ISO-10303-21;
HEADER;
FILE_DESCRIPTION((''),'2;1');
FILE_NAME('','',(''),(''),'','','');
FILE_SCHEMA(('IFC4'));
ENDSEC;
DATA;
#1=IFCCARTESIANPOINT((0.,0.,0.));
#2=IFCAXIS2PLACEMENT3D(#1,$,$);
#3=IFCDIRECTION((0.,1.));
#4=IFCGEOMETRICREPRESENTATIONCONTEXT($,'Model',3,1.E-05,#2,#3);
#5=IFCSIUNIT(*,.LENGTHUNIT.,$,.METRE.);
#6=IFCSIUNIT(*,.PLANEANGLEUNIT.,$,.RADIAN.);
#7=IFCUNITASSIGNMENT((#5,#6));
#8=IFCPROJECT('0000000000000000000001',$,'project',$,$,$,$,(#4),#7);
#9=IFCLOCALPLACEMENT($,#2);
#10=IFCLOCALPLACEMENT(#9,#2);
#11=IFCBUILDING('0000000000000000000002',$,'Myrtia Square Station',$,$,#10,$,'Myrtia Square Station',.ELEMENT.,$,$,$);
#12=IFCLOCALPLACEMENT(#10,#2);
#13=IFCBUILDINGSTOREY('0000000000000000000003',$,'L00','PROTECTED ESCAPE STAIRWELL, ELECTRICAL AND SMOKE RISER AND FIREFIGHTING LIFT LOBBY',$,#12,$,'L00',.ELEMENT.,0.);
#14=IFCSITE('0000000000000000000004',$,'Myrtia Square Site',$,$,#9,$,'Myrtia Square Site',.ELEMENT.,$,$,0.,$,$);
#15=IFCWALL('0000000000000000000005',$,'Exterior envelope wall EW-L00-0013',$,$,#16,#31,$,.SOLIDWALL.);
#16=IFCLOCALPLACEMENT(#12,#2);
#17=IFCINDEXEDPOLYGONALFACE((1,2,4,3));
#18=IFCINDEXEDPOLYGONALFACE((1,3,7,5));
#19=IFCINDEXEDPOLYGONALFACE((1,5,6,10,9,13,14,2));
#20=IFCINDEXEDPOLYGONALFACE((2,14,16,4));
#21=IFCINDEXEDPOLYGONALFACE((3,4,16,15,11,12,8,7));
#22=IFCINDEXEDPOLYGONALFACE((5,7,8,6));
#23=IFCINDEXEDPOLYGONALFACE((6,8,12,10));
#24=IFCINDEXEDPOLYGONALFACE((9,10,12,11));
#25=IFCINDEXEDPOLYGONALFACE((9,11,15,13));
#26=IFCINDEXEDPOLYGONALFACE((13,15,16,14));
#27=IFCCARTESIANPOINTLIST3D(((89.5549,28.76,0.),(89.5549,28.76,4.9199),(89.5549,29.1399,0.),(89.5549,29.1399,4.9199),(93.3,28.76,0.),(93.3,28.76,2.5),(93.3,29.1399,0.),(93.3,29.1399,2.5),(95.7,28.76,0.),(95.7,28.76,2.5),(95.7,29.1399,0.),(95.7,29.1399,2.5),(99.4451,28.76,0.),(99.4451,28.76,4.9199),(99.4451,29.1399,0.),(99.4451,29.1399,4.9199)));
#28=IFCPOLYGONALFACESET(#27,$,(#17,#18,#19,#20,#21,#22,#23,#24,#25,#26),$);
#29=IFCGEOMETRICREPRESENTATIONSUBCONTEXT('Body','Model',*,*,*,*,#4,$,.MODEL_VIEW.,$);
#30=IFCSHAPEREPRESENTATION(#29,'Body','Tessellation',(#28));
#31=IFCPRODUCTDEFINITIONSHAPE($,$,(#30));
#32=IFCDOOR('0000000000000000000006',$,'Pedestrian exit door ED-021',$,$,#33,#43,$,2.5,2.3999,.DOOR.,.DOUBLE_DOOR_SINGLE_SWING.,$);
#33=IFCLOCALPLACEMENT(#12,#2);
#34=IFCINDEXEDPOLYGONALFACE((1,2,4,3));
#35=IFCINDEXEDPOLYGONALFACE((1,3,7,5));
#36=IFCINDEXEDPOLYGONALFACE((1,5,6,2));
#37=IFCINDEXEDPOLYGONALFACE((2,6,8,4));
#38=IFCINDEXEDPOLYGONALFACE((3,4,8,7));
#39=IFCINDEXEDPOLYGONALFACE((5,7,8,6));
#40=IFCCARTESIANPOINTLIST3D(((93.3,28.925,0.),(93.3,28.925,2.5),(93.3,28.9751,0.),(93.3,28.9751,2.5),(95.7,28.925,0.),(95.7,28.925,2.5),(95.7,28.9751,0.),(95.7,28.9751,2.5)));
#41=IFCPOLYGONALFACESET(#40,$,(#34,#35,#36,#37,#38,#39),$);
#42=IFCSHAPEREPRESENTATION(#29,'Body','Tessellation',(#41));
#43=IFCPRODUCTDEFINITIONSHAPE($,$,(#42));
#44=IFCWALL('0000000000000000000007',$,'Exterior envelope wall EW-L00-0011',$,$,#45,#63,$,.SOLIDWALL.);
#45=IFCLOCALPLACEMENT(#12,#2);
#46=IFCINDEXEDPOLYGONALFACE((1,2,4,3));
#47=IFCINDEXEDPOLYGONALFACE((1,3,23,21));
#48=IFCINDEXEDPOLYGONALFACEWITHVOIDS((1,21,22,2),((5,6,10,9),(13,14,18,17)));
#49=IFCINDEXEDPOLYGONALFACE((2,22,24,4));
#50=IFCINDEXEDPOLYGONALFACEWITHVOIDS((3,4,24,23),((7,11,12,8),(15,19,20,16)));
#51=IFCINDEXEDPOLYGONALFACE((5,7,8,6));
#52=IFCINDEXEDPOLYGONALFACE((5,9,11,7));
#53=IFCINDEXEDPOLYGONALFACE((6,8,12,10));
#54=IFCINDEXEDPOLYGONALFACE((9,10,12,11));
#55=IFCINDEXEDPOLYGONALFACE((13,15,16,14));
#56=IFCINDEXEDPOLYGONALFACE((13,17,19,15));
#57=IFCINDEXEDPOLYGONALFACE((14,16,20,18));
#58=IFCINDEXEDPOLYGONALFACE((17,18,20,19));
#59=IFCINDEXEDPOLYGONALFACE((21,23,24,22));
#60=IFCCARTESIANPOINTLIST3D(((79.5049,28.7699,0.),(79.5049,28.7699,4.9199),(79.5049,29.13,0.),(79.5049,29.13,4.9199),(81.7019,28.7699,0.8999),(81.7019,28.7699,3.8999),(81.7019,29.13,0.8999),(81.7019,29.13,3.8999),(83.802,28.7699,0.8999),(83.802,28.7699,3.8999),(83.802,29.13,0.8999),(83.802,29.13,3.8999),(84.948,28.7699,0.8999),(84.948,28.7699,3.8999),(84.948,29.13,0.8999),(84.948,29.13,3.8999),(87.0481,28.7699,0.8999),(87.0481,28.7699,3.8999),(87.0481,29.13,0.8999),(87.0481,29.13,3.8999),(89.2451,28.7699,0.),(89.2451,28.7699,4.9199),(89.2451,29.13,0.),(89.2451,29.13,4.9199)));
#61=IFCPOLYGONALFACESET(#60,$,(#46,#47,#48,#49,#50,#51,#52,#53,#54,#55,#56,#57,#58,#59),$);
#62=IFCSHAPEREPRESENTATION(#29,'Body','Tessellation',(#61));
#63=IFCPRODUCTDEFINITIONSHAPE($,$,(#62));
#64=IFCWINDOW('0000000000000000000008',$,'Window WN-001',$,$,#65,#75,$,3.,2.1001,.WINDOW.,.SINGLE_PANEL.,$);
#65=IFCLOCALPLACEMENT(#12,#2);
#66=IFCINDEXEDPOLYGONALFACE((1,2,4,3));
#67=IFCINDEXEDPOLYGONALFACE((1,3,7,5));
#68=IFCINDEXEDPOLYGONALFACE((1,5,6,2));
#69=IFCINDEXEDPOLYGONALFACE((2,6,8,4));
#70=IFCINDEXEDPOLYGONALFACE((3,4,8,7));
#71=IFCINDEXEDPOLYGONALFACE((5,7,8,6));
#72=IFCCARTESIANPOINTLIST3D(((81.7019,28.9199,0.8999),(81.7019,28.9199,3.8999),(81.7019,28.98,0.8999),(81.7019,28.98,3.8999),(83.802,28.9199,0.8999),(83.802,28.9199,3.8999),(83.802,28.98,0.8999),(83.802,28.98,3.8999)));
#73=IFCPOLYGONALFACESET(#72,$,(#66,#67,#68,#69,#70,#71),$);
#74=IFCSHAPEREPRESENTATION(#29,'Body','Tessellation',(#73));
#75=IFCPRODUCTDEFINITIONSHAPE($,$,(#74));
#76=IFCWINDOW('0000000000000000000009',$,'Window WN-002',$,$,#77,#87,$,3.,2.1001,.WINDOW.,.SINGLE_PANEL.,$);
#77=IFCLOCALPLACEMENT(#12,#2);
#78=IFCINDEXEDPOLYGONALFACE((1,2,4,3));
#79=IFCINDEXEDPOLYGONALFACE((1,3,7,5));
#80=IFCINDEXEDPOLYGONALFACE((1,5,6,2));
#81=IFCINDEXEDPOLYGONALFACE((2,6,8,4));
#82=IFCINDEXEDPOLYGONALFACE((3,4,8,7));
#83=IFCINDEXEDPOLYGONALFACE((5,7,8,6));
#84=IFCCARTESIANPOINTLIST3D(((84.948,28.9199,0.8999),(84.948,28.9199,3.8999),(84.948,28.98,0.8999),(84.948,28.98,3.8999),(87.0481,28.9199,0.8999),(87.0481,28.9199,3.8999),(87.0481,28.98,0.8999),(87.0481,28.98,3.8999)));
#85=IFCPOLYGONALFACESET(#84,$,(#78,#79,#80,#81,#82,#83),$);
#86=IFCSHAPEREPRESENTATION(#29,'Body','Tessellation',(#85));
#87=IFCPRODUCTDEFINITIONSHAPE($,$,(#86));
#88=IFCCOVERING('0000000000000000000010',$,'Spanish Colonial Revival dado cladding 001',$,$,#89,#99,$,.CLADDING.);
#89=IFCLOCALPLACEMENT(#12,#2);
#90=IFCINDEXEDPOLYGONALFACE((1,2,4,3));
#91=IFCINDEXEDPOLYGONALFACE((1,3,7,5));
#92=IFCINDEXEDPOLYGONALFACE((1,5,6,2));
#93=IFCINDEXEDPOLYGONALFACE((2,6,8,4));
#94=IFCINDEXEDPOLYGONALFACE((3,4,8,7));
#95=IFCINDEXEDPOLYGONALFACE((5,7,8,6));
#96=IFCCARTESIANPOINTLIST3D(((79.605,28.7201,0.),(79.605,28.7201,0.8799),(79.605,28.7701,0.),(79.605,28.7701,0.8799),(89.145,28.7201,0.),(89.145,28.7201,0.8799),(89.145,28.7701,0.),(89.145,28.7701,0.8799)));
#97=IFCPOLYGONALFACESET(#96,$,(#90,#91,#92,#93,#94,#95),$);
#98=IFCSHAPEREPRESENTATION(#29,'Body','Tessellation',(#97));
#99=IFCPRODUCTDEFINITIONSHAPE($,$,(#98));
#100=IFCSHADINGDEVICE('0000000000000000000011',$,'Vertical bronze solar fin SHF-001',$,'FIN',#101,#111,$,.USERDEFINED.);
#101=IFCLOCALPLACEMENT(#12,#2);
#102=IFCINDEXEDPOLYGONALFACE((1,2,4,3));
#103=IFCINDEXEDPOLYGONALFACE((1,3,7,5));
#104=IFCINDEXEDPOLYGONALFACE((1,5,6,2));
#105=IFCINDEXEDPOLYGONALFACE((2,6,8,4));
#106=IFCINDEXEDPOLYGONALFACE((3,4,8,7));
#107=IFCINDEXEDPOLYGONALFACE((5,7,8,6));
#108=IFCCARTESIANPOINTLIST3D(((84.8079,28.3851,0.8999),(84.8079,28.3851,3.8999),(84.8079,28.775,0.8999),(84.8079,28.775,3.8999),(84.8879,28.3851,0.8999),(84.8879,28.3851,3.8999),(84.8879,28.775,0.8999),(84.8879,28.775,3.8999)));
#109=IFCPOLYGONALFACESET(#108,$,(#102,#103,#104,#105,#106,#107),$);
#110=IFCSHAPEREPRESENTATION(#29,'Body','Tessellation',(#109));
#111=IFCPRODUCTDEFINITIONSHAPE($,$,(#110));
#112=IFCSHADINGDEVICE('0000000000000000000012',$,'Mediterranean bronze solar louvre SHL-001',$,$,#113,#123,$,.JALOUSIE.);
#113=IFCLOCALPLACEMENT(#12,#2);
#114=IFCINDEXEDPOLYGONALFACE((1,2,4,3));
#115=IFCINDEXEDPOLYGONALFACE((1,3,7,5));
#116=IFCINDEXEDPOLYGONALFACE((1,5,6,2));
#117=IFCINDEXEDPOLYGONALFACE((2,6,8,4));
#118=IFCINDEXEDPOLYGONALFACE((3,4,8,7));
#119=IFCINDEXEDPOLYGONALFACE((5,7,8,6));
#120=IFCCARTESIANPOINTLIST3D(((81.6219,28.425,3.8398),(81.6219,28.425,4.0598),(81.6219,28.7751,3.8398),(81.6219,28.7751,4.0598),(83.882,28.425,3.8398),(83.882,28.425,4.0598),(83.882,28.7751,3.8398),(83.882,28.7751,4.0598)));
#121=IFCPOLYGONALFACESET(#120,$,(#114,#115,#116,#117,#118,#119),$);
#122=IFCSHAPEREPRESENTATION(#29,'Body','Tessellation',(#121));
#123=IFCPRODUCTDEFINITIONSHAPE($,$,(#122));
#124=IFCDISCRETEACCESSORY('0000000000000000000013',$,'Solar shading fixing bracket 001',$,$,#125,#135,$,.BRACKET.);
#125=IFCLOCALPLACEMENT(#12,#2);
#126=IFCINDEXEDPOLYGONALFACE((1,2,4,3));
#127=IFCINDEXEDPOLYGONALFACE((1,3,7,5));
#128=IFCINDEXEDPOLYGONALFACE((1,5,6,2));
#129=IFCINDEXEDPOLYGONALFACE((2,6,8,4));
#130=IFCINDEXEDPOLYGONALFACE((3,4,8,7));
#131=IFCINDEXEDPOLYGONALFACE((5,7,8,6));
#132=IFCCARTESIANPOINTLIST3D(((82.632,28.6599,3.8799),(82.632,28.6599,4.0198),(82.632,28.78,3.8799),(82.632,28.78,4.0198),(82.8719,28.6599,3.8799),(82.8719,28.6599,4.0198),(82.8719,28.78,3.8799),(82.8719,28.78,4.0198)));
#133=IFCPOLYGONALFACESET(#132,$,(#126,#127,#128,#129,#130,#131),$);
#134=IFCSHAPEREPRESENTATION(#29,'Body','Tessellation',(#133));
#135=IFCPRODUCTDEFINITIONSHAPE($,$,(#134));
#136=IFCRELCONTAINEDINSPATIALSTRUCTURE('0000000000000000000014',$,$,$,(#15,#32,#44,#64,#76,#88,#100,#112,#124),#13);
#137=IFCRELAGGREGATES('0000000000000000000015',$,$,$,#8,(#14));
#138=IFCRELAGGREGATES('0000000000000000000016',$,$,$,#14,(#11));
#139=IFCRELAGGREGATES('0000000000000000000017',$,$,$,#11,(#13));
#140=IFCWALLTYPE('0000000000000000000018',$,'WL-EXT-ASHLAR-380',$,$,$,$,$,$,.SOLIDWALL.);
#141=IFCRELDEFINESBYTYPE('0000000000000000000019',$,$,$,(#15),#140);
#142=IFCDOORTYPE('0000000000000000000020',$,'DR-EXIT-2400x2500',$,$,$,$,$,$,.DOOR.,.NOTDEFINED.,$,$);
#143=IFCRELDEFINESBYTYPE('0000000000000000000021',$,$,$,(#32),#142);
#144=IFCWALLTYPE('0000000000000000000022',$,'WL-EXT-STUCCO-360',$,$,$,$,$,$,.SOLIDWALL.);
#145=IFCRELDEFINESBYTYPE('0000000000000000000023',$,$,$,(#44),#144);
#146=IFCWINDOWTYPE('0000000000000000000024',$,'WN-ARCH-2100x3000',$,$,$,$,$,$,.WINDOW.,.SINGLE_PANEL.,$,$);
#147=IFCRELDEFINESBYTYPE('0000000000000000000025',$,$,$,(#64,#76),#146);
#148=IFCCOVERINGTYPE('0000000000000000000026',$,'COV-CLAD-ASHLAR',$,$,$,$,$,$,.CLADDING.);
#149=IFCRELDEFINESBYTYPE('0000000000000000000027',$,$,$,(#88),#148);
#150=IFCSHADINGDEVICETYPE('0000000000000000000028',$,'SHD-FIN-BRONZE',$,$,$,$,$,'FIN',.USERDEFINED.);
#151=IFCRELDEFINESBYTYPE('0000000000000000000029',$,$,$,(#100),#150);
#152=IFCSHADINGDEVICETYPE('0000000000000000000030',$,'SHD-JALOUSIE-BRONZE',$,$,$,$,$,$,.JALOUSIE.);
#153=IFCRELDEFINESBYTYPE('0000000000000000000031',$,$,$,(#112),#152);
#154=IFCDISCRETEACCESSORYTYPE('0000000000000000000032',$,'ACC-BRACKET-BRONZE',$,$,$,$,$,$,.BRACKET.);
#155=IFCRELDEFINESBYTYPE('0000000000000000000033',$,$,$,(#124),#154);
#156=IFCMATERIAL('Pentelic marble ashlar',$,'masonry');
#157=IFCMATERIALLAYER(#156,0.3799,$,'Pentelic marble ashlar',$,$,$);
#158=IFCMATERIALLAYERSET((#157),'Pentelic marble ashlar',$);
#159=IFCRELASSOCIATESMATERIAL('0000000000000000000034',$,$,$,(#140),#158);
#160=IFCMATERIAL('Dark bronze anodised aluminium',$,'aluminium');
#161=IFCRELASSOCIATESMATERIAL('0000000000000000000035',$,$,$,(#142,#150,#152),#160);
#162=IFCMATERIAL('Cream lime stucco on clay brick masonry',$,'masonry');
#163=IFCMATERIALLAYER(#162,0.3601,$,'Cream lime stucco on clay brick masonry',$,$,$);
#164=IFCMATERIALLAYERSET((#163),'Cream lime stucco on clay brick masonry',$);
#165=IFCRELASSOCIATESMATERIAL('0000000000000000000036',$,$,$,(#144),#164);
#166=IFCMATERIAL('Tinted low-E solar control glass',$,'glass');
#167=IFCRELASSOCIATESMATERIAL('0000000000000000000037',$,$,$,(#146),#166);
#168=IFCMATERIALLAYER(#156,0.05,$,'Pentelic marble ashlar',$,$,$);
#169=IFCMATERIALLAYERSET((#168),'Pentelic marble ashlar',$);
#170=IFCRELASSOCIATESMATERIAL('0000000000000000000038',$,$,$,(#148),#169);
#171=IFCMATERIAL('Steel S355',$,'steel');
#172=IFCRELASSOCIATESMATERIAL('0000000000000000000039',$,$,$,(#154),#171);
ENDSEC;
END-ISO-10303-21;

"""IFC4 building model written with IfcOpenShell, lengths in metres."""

from ifc_helpers import new_model, si_unit, direction, frame, frame_2d, origin, origin_2d, place, context, subcontext, project, spatial, rectangle, extrude, material, layer, layer_set, type_object, element, fill, save


model = new_model("IFC4")

# Units and contexts
model_context = context("Model", 3, precision=1e-05, world=origin(), true_north=direction((0.0, 1.0)))
body_context = subcontext(model_context, "Body", "Model", "MODEL_VIEW")
ifc_project = project(units=[si_unit("LENGTHUNIT", "METRE"), si_unit("PLANEANGLEUNIT", "RADIAN")], contexts=[model_context])

# Site, building, storey
site_placement = place(None, origin())
site = spatial("IfcSite", under=ifc_project, at=site_placement, Name="Myrtia Square Site", LongName="Myrtia Square Site", CompositionType="ELEMENT", RefElevation=0.0)
building_placement = place(site_placement, origin())
building = spatial("IfcBuilding", under=site, at=building_placement, Name="Myrtia Square Station", LongName="Myrtia Square Station", CompositionType="ELEMENT")
storey_placement = place(building_placement, origin())
storey = spatial("IfcBuildingStorey", under=building, at=storey_placement, Name="L00", Description="PROTECTED ESCAPE STAIRWELL, ELECTRICAL AND SMOKE RISER AND FIREFIGHTING LIFT LOBBY", LongName="L00", CompositionType="ELEMENT", Elevation=0.0)

# Shared definitions
ifc_material_1 = material(Name="Steel S355", Category="steel")

# Wall, opening, door
ifc_material_2 = material(Name="Pentelic marble ashlar", Category="masonry")
ifc_layer_1 = layer(ifc_material_2, 0.3799, Name="Pentelic marble ashlar")
ifc_layer_set_1 = layer_set([ifc_layer_1], Name="Pentelic marble ashlar")
wall_type_1 = type_object("IfcWallType", Name="WL-EXT-ASHLAR-380", PredefinedType="SOLIDWALL", material=ifc_layer_set_1)
wall_1_placement = place(storey_placement, frame((89.5549, 28.95, 0.0), z_axis=(0.0, 0.0, 1.0), x_axis=(1.0, 0.0, 0.0)))
wall_1 = element("IfcWall", 1, at=wall_1_placement, inside=storey, type_object=wall_type_1, Name="Exterior envelope wall EW-L00-0013", PredefinedType="SOLIDWALL", context=body_context, shape_type="SweptSolid", body=[
    extrude(rectangle(XDim=9.8901, YDim=0.3799, at=frame_2d((4.9451, 0.0))), origin(), (0.0, 0.0, 1.0), 4.9199),
])
opening_1_placement = place(wall_1_placement, frame((3.7451, 0.0, 0.0)))
opening_1 = element("IfcOpeningElement", 2, at=opening_1_placement, cuts=wall_1, PredefinedType="OPENING", context=body_context, shape_type="SweptSolid", body=[
    extrude(rectangle(XDim=2.3999, YDim=2.5, at=frame_2d((1.2, 1.25))), frame((0.0, 0.2048, 0.0), z_axis=(0.0, -1.0, 0.0), x_axis=(1.0, 0.0, 0.0)), (0.0, 0.0, 1.0), 0.4099),
])
ifc_material_3 = material(Name="Dark bronze anodised aluminium", Category="aluminium")
door_type_1 = type_object("IfcDoorType", Name="DR-EXIT-2400x2500", OperationType="NOTDEFINED", PredefinedType="DOOR", material=ifc_material_3)
door_1_placement = place(opening_1_placement, frame((2.3999, 0.0, 0.0), z_axis=(0.0, 0.0, 1.0), x_axis=(-1.0, 0.0, 0.0)))
door_1 = element("IfcDoor", 3, at=door_1_placement, inside=storey, type_object=door_type_1, Name="Pedestrian exit door ED-021", OperationType="DOUBLE_DOOR_SINGLE_SWING", OverallHeight=2.5, OverallWidth=2.3999, PredefinedType="DOOR", context=body_context, shape_type="SweptSolid", body=[
    extrude(rectangle(XDim=2.3999, YDim=2.5, at=frame_2d((1.2, 1.25))), frame((0.0, 0.0249, 0.0), z_axis=(0.0, -1.0, 0.0), x_axis=(1.0, 0.0, 0.0)), (0.0, 0.0, 1.0), 0.05),
])
fill(opening_1, door_1)

# Wall, openings, windows
ifc_material_4 = material(Name="Cream lime stucco on clay brick masonry", Category="masonry")
ifc_layer_2 = layer(ifc_material_4, 0.3601, Name="Cream lime stucco on clay brick masonry")
ifc_layer_set_2 = layer_set([ifc_layer_2], Name="Cream lime stucco on clay brick masonry")
wall_type_2 = type_object("IfcWallType", Name="WL-EXT-STUCCO-360", PredefinedType="SOLIDWALL", material=ifc_layer_set_2)
wall_2_placement = place(storey_placement, frame((79.5049, 28.95, 0.0), z_axis=(0.0, 0.0, 1.0), x_axis=(1.0, 0.0, 0.0)))
wall_2 = element("IfcWall", 4, at=wall_2_placement, inside=storey, type_object=wall_type_2, Name="Exterior envelope wall EW-L00-0011", PredefinedType="SOLIDWALL", context=body_context, shape_type="SweptSolid", body=[
    extrude(rectangle(XDim=9.7402, YDim=0.3601, at=frame_2d((4.8701, 0.0))), origin(), (0.0, 0.0, 1.0), 4.9199),
])
opening_2_placement = place(wall_2_placement, frame((2.197, 0.0, 0.8999)))
opening_2 = element("IfcOpeningElement", 5, at=opening_2_placement, cuts=wall_2, PredefinedType="OPENING", context=body_context, shape_type="SweptSolid", body=[
    extrude(rectangle(XDim=2.1001, YDim=3.0, at=frame_2d((1.05, 1.5))), frame((0.0, 0.1951, 0.0), z_axis=(0.0, -1.0, 0.0), x_axis=(1.0, 0.0, 0.0)), (0.0, 0.0, 1.0), 0.3901),
])
opening_3_placement = place(wall_2_placement, frame((5.4431, 0.0, 0.8999)))
opening_3 = element("IfcOpeningElement", 6, at=opening_3_placement, cuts=wall_2, PredefinedType="OPENING", context=body_context, shape_type="SweptSolid", body=[
    extrude(rectangle(XDim=2.1001, YDim=3.0, at=frame_2d((1.05, 1.5))), frame((0.0, 0.1951, 0.0), z_axis=(0.0, -1.0, 0.0), x_axis=(1.0, 0.0, 0.0)), (0.0, 0.0, 1.0), 0.3901),
])
ifc_material_5 = material(Name="Tinted low-E solar control glass", Category="glass")
window_type = type_object("IfcWindowType", Name="WN-ARCH-2100x3000", PartitioningType="SINGLE_PANEL", PredefinedType="WINDOW", material=ifc_material_5)
window_1_placement = place(opening_2_placement, origin())
window_1 = element("IfcWindow", 7, at=window_1_placement, inside=storey, type_object=window_type, Name="Window WN-001", OverallHeight=3.0, OverallWidth=2.1001, PartitioningType="SINGLE_PANEL", PredefinedType="WINDOW", context=body_context, shape_type="SweptSolid", body=[
    extrude(rectangle(XDim=2.1001, YDim=3.0, at=frame_2d((1.05, 1.5))), frame((0.0, 0.03, 0.0), z_axis=(0.0, -1.0, 0.0), x_axis=(1.0, 0.0, 0.0)), (0.0, 0.0, 1.0), 0.0601),
])
fill(opening_2, window_1)
window_2_placement = place(opening_3_placement, origin())
window_2 = element("IfcWindow", 8, at=window_2_placement, inside=storey, type_object=window_type, Name="Window WN-002", OverallHeight=3.0, OverallWidth=2.1001, PartitioningType="SINGLE_PANEL", PredefinedType="WINDOW", context=body_context, shape_type="SweptSolid", body=[
    extrude(rectangle(XDim=2.1001, YDim=3.0, at=frame_2d((1.05, 1.5))), frame((0.0, 0.03, 0.0), z_axis=(0.0, -1.0, 0.0), x_axis=(1.0, 0.0, 0.0)), (0.0, 0.0, 1.0), 0.0601),
])
fill(opening_3, window_2)

# Covering
ifc_layer_3 = layer(ifc_material_2, 0.05, Name="Pentelic marble ashlar")
ifc_layer_set_3 = layer_set([ifc_layer_3], Name="Pentelic marble ashlar")
covering_type = type_object("IfcCoveringType", Name="COV-CLAD-ASHLAR", PredefinedType="CLADDING", material=ifc_layer_set_3)
covering_placement = place(storey_placement, frame((84.375, 28.7451, 0.0), z_axis=(0.0, 0.0, 1.0), x_axis=(1.0, 0.0, 0.0)))
element("IfcCovering", 9, at=covering_placement, inside=storey, type_object=covering_type, Name="Spanish Colonial Revival dado cladding 001", PredefinedType="CLADDING", context=body_context, shape_type="SweptSolid", body=[
    extrude(rectangle(XDim=9.54, YDim=0.05, at=origin_2d()), origin(), (0.0, 0.0, 1.0), 0.8799),
])

# Shading devices
shading_device_type_1 = type_object("IfcShadingDeviceType", Name="SHD-FIN-BRONZE", ElementType="FIN", PredefinedType="USERDEFINED", material=ifc_material_3)
shading_device_1_placement = place(storey_placement, frame((84.8479, 28.5801, 0.8999), z_axis=(0.0, 0.0, 1.0), x_axis=(1.0, 0.0, 0.0)))
element("IfcShadingDevice", 10, at=shading_device_1_placement, inside=storey, type_object=shading_device_type_1, Name="Vertical bronze solar fin SHF-001", ObjectType="FIN", PredefinedType="USERDEFINED", context=body_context, shape_type="SweptSolid", body=[
    extrude(rectangle(XDim=0.0801, YDim=0.3899, at=origin_2d()), origin(), (0.0, 0.0, 1.0), 3.0),
])
shading_device_type_2 = type_object("IfcShadingDeviceType", Name="SHD-JALOUSIE-BRONZE", PredefinedType="JALOUSIE", material=ifc_material_3)
shading_device_2_placement = place(storey_placement, frame((82.752, 28.6001, 3.8398), z_axis=(0.0, 0.0, 1.0), x_axis=(1.0, 0.0, 0.0)))
element("IfcShadingDevice", 11, at=shading_device_2_placement, inside=storey, type_object=shading_device_type_2, Name="Mediterranean bronze solar louvre SHL-001", PredefinedType="JALOUSIE", context=body_context, shape_type="SweptSolid", body=[
    extrude(rectangle(XDim=2.26, YDim=0.3501, at=origin_2d()), origin(), (0.0, 0.0, 1.0), 0.22),
])

# Discrete accessory
discrete_accessory_type = type_object("IfcDiscreteAccessoryType", Name="ACC-BRACKET-BRONZE", PredefinedType="BRACKET", material=ifc_material_1)
discrete_accessory_placement = place(storey_placement, frame((82.752, 28.72, 3.8799), z_axis=(0.0, 0.0, 1.0), x_axis=(1.0, 0.0, 0.0)))
element("IfcDiscreteAccessory", 12, at=discrete_accessory_placement, inside=storey, type_object=discrete_accessory_type, Name="Solar shading fixing bracket 001", PredefinedType="BRACKET", context=body_context, shape_type="SweptSolid", body=[
    extrude(rectangle(XDim=0.24, YDim=0.1201, at=origin_2d()), origin(), (0.0, 0.0, 1.0), 0.1399),
])

save(model, "model.ifc")
